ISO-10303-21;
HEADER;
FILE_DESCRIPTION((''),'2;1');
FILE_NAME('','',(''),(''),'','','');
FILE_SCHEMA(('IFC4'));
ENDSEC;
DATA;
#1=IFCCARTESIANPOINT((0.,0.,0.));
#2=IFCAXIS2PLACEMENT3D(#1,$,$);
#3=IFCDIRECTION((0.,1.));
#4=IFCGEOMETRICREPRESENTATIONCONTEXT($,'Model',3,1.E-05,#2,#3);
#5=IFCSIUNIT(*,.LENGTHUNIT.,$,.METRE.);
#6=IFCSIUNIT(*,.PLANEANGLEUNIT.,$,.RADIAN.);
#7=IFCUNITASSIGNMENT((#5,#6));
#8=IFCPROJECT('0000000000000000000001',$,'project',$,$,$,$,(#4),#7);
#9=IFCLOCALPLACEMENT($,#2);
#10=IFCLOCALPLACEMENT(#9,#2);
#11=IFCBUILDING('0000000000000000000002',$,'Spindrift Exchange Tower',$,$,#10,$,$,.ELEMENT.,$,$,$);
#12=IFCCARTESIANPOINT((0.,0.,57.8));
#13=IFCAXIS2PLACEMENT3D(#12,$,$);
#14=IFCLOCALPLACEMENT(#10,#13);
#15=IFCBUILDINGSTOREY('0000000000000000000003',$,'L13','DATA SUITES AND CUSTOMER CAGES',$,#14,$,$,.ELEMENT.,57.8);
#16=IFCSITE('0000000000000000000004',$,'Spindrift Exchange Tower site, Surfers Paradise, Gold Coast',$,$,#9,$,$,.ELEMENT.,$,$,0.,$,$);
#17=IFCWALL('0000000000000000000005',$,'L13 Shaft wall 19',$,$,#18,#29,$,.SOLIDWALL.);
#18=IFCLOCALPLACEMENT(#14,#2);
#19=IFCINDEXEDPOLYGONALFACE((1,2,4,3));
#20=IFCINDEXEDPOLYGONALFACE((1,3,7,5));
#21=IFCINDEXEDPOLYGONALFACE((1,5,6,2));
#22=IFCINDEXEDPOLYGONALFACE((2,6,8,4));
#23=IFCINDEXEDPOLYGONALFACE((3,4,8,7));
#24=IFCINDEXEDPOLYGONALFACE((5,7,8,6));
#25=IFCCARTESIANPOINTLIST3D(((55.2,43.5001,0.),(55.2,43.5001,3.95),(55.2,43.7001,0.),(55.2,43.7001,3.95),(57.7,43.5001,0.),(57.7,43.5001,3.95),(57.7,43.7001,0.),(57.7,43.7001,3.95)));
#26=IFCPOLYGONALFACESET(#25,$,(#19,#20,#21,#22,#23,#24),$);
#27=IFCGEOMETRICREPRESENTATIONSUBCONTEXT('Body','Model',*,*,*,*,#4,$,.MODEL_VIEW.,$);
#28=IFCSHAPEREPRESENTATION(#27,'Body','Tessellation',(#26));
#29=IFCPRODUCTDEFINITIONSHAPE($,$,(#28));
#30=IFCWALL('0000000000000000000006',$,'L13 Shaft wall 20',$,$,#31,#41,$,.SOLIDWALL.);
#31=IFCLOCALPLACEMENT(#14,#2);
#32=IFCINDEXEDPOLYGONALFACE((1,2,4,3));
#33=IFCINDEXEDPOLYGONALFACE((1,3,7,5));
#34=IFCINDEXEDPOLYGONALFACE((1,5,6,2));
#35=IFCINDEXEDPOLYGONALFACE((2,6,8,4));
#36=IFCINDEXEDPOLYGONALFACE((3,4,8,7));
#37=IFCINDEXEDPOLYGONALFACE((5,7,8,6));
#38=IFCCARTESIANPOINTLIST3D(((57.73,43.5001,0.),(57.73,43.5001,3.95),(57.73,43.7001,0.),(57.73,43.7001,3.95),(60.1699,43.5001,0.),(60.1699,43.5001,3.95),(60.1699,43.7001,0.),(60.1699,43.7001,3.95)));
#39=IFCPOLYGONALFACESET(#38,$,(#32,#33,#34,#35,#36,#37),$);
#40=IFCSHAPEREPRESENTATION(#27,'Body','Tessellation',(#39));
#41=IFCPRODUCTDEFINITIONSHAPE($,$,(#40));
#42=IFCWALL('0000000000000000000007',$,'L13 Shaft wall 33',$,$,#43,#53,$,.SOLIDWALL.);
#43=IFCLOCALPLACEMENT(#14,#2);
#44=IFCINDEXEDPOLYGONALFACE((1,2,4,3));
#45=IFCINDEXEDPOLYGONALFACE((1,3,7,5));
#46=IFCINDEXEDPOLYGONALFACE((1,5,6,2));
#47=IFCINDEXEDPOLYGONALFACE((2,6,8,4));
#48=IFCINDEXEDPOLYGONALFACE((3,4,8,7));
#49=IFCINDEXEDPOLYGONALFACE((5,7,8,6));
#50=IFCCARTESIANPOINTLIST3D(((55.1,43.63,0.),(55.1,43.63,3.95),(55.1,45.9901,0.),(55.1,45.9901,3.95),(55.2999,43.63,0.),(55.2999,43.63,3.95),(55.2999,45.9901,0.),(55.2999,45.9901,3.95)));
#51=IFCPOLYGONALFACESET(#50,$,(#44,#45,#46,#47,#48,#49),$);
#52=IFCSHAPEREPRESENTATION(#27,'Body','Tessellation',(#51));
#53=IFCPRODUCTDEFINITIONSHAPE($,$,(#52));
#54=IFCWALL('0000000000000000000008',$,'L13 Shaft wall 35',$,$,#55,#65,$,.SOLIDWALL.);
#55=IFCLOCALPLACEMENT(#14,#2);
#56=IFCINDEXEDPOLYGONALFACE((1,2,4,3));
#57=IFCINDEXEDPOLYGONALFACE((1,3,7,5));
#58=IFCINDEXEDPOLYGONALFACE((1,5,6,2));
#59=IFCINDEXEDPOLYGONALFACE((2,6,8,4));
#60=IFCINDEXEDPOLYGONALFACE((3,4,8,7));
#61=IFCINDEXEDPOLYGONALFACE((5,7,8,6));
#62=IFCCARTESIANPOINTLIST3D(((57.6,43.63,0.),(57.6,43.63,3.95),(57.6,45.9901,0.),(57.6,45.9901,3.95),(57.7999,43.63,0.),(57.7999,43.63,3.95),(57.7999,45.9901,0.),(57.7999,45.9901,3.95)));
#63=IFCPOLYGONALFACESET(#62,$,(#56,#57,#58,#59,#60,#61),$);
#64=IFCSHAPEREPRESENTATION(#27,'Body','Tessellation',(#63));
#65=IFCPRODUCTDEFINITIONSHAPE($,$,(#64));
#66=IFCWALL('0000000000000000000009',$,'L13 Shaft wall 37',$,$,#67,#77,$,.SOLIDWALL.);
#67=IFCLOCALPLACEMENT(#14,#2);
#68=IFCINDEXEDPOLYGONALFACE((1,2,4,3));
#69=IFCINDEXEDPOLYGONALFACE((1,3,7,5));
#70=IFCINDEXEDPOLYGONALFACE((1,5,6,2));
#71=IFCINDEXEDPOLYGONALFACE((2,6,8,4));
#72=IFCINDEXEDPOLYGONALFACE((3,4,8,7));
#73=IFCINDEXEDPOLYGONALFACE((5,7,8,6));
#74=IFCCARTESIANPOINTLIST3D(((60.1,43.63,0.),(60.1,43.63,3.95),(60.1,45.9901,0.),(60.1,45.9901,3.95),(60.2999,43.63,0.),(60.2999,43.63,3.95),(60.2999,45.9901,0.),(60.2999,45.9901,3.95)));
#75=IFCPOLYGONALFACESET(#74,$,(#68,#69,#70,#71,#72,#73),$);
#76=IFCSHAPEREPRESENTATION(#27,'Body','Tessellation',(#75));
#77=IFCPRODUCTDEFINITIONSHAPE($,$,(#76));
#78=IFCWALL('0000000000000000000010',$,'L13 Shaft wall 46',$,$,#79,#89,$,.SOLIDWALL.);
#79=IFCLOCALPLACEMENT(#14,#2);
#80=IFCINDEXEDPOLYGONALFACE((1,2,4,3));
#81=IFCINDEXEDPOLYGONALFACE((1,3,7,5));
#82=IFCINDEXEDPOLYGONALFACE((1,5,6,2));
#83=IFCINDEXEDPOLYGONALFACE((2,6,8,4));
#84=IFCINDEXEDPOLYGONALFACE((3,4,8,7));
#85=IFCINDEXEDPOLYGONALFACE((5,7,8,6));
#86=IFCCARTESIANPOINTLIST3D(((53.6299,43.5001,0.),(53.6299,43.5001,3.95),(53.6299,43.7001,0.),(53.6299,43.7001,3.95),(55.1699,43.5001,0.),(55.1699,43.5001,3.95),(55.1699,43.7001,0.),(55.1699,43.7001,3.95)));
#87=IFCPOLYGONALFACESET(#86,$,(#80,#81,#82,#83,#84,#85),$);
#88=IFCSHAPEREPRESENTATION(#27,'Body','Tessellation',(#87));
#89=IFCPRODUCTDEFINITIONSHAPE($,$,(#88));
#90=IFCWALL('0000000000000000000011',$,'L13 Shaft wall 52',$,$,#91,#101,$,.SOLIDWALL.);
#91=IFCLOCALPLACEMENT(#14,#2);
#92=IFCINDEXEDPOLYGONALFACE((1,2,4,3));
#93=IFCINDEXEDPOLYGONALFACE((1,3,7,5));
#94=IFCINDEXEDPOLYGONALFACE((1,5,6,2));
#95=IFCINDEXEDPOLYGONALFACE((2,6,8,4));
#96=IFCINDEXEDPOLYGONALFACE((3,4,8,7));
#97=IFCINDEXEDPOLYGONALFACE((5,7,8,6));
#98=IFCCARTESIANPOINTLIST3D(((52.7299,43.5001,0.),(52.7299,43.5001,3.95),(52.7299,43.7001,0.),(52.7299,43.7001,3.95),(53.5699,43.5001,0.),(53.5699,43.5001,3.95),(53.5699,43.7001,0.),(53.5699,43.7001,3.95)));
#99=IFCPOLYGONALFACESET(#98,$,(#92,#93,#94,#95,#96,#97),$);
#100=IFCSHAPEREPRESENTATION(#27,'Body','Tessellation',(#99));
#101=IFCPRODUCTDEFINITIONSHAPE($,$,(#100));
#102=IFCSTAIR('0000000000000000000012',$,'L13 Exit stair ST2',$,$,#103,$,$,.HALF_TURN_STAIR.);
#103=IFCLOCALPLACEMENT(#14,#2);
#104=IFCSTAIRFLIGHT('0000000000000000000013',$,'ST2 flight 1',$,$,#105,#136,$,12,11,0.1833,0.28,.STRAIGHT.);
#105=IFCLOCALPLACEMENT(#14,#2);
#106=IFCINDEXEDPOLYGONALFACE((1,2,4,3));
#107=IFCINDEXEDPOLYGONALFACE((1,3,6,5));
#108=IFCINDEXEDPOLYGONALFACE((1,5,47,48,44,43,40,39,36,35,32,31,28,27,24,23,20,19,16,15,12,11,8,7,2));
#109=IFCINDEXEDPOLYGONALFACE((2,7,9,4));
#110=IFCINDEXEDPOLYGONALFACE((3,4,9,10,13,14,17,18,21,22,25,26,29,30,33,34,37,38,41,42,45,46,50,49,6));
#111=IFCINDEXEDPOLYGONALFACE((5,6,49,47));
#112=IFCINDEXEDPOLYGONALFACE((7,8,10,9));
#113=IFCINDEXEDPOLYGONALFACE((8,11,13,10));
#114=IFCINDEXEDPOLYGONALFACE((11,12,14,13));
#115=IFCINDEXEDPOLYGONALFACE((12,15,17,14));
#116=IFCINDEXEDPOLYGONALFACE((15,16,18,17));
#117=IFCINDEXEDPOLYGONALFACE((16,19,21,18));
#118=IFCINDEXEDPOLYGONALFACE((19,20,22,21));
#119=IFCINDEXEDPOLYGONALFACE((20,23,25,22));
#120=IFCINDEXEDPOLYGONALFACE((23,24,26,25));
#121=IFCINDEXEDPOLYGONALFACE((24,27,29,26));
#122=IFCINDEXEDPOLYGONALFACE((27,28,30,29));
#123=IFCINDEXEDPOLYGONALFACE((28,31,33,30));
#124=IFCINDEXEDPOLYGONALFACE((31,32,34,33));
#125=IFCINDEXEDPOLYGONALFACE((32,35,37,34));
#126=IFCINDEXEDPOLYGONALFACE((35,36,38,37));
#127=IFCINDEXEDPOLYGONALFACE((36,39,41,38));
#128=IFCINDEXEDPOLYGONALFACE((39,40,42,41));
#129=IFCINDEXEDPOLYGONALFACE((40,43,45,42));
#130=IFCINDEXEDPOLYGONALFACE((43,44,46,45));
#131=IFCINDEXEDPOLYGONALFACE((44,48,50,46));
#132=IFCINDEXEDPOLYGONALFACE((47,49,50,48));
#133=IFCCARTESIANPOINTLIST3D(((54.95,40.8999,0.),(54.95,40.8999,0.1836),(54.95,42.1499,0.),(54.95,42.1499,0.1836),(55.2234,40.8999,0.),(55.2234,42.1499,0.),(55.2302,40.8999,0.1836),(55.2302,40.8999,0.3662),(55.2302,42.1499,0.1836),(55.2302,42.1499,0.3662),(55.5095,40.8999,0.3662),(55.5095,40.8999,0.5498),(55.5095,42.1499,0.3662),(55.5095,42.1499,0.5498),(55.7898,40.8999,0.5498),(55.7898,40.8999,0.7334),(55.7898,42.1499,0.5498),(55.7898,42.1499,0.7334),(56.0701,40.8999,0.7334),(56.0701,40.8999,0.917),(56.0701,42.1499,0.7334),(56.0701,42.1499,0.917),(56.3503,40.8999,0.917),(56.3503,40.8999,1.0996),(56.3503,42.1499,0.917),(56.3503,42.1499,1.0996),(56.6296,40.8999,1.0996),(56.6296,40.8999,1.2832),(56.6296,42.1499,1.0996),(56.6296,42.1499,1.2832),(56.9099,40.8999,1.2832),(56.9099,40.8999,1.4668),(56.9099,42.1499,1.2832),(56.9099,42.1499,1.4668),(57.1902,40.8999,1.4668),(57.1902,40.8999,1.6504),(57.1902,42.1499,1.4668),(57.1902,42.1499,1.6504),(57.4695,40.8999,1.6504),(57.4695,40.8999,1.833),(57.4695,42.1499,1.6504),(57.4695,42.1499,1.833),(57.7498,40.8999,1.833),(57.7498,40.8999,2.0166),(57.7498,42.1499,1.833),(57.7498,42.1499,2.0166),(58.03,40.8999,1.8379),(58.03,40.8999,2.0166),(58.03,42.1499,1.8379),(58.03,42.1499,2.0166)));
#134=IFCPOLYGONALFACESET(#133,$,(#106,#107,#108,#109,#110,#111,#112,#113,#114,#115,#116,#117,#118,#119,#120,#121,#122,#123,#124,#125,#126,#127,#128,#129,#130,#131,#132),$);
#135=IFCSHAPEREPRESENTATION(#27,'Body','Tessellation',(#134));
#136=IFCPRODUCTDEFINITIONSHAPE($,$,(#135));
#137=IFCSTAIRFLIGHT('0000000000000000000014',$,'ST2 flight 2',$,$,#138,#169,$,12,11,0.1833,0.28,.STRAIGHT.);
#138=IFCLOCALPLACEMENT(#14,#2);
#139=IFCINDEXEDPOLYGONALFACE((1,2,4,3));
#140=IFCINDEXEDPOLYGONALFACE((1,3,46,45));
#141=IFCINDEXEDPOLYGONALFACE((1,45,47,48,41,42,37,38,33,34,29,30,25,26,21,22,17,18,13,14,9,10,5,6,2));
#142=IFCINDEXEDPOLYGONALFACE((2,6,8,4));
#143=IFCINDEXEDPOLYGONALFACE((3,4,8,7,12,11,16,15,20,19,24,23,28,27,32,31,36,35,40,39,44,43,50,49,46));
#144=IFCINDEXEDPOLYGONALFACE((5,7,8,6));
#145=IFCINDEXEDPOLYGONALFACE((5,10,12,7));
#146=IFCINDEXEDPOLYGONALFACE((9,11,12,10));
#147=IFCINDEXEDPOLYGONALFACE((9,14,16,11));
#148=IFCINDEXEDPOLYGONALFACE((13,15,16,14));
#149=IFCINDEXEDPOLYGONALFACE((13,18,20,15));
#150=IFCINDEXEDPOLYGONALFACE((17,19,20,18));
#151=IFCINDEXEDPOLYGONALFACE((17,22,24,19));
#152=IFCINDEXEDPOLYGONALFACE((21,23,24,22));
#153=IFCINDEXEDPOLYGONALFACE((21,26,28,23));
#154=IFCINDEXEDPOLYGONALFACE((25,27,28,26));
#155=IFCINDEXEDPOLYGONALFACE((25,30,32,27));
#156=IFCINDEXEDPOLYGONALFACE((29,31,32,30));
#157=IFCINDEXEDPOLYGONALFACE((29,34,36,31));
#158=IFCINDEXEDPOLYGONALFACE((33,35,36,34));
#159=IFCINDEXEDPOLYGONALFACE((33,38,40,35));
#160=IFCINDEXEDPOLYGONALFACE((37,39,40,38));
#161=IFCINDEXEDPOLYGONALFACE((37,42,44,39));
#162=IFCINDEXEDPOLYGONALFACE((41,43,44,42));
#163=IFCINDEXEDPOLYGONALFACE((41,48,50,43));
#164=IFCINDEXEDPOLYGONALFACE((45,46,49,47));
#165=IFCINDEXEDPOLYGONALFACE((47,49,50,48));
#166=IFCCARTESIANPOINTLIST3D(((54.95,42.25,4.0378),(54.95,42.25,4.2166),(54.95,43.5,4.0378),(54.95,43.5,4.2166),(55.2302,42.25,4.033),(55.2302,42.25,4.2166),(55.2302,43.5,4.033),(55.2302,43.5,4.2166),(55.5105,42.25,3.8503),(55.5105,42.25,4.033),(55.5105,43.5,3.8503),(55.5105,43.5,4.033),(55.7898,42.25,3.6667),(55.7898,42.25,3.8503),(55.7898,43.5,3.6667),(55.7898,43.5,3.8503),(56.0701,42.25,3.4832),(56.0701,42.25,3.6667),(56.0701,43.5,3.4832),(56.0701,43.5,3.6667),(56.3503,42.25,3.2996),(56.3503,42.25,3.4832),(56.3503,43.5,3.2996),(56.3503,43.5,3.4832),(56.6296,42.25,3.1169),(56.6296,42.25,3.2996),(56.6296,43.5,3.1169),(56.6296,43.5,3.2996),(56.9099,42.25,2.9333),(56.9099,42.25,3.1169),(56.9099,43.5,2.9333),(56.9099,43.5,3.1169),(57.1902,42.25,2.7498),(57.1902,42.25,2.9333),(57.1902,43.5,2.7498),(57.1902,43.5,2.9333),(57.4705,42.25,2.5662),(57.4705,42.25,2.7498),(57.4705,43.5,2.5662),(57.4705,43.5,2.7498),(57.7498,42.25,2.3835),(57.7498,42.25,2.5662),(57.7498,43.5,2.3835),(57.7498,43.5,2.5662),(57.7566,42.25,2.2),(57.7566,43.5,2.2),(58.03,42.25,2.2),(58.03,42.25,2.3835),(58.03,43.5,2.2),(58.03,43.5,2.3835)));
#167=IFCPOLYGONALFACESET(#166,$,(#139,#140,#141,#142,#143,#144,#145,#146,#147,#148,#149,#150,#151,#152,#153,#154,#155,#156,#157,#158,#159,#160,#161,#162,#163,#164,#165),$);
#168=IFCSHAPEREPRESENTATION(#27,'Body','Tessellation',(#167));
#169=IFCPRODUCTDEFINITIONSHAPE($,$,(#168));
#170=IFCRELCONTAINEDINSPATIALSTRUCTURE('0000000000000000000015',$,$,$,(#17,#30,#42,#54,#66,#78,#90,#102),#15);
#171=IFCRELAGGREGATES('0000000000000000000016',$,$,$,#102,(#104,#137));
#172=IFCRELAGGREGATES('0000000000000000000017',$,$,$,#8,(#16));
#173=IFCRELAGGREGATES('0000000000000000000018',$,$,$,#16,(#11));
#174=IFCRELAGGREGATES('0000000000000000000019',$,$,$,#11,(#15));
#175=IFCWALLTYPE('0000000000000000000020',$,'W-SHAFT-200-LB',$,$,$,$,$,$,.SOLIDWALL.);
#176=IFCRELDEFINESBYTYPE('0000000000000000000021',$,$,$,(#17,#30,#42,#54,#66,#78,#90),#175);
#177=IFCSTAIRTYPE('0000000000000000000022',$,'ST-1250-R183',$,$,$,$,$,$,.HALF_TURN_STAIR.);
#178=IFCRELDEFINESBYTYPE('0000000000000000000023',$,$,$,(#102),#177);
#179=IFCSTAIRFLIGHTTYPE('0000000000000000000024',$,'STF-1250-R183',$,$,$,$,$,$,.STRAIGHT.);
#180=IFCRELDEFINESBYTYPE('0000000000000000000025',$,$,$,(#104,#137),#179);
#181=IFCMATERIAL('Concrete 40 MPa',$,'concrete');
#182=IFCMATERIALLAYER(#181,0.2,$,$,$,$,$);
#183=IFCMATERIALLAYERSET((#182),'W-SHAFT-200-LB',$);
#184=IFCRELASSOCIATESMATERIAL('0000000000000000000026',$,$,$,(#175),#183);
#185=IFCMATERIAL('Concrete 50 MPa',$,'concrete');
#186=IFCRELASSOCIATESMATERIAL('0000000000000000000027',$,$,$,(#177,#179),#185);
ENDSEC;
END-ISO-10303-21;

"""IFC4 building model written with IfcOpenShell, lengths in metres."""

from ifc_helpers import new_model, si_unit, direction, frame, frame_2d, origin, place, context, subcontext, project, spatial, line, indexed_curve, rectangle, outline, extrude, material, layer, layer_set, type_object, element, aggregate, save


model = new_model("IFC4")

# Units and contexts
model_context = context("Model", 3, precision=1e-05, world=origin(), true_north=direction((0.0, 1.0)))
body_context = subcontext(model_context, "Body", "Model", "MODEL_VIEW")
ifc_project = project(units=[si_unit("LENGTHUNIT", "METRE"), si_unit("PLANEANGLEUNIT", "RADIAN")], contexts=[model_context])

# Site, building, storey
site_placement = place(None, origin())
site = spatial("IfcSite", under=ifc_project, at=site_placement, Name="Spindrift Exchange Tower site, Surfers Paradise, Gold Coast", CompositionType="ELEMENT", RefElevation=0.0)
building_placement = place(site_placement, origin())
building = spatial("IfcBuilding", under=site, at=building_placement, Name="Spindrift Exchange Tower", CompositionType="ELEMENT")
storey_placement = place(building_placement, frame((0.0, 0.0, 57.8)))
storey = spatial("IfcBuildingStorey", under=building, at=storey_placement, Name="L13", Description="DATA SUITES AND CUSTOMER CAGES", CompositionType="ELEMENT", Elevation=57.8)

# Shared definitions
ifc_material_1 = material(Name="Concrete 40 MPa", Category="concrete")

# Shared definitions
ifc_layer_1 = layer(ifc_material_1, 0.2)
ifc_layer_set_1 = layer_set([ifc_layer_1], Name="W-SHAFT-200-LB")
wall_type_1 = type_object("IfcWallType", Name="W-SHAFT-200-LB", PredefinedType="SOLIDWALL", material=ifc_layer_set_1)

# Walls
wall_1_placement = place(storey_placement, frame((55.2, 43.6001, 0.0), z_axis=(0.0, 0.0, 1.0), x_axis=(1.0, 0.0, 0.0)))
element("IfcWall", 1, at=wall_1_placement, inside=storey, type_object=wall_type_1, Name="L13 Shaft wall 19", PredefinedType="SOLIDWALL", context=body_context, shape_type="SweptSolid", body=[
    extrude(rectangle(XDim=2.5, YDim=0.2, at=frame_2d((1.25, 0.0))), origin(), (0.0, 0.0, 1.0), 3.95),
])
wall_2_placement = place(storey_placement, frame((57.73, 43.6001, 0.0), z_axis=(0.0, 0.0, 1.0), x_axis=(1.0, 0.0, 0.0)))
element("IfcWall", 2, at=wall_2_placement, inside=storey, type_object=wall_type_1, Name="L13 Shaft wall 20", PredefinedType="SOLIDWALL", context=body_context, shape_type="SweptSolid", body=[
    extrude(rectangle(XDim=2.4399, YDim=0.2, at=frame_2d((1.22, 0.0))), origin(), (0.0, 0.0, 1.0), 3.95),
])
for number, where, z_axis, x_axis, name in (
    (3, (55.2, 43.6299, 0.0), (0.0, 0.0, 1.0), (0.0, 1.0, 0.0), "L13 Shaft wall 33"),
    (4, (57.7, 43.6299, 0.0), (0.0, 0.0, 1.0), (0.0, 1.0, 0.0), "L13 Shaft wall 35"),
    (5, (60.2, 43.6299, 0.0), (0.0, 0.0, 1.0), (0.0, 1.0, 0.0), "L13 Shaft wall 37"),
):
    element("IfcWall", number, at=place(storey_placement, frame(where, z_axis=z_axis, x_axis=x_axis)), inside=storey, type_object=wall_type_1, Name=name, PredefinedType="SOLIDWALL", context=body_context, shape_type="SweptSolid", body=[
        extrude(rectangle(XDim=2.3601, YDim=0.2, at=frame_2d((1.1802, 0.0))), origin(), (0.0, 0.0, 1.0), 3.95),
    ])
wall_3_placement = place(storey_placement, frame((53.6299, 43.6001, 0.0), z_axis=(0.0, 0.0, 1.0), x_axis=(1.0, 0.0, 0.0)))
element("IfcWall", 6, at=wall_3_placement, inside=storey, type_object=wall_type_1, Name="L13 Shaft wall 46", PredefinedType="SOLIDWALL", context=body_context, shape_type="SweptSolid", body=[
    extrude(rectangle(XDim=1.54, YDim=0.2, at=frame_2d((0.77, 0.0))), origin(), (0.0, 0.0, 1.0), 3.95),
])
wall_4_placement = place(storey_placement, frame((52.73, 43.6001, 0.0), z_axis=(0.0, 0.0, 1.0), x_axis=(1.0, 0.0, 0.0)))
element("IfcWall", 7, at=wall_4_placement, inside=storey, type_object=wall_type_1, Name="L13 Shaft wall 52", PredefinedType="SOLIDWALL", context=body_context, shape_type="SweptSolid", body=[
    extrude(rectangle(XDim=0.8401, YDim=0.2, at=frame_2d((0.4199, 0.0))), origin(), (0.0, 0.0, 1.0), 3.95),
])

# Stair, stair flights
ifc_material_2 = material(Name="Concrete 50 MPa", Category="concrete")
stair_type = type_object("IfcStairType", Name="ST-1250-R183", PredefinedType="HALF_TURN_STAIR", material=ifc_material_2)
stair_placement = place(storey_placement, origin())
stair = element("IfcStair", 8, at=stair_placement, inside=storey, type_object=stair_type, Name="L13 Exit stair ST2", PredefinedType="HALF_TURN_STAIR")
stair_flight_type = type_object("IfcStairFlightType", Name="STF-1250-R183", PredefinedType="STRAIGHT", material=ifc_material_2)
stair_flight_1_placement = place(storey_placement, frame((54.95, 41.5249, 0.0), z_axis=(0.0, 0.0, 1.0), x_axis=(1.0, 0.0, 0.0)))
stair_flight_1 = element("IfcStairFlight", 9, at=stair_flight_1_placement, type_object=stair_flight_type, Name="ST2 flight 1", NumberOfRisers=12, NumberOfTreads=11, PredefinedType="STRAIGHT", RiserHeight=0.1833, TreadLength=0.28, context=body_context, shape_type="SweptSolid", body=[
    extrude(outline(indexed_curve([(0.0, 0.0), (0.0, 0.1836), (0.2803, 0.1836), (0.2803, 0.3662), (0.5596, 0.3662), (0.5596, 0.5498), (0.8398, 0.5498), (0.8398, 0.7334), (1.1201, 0.7334), (1.1201, 0.917), (1.4004, 0.917), (1.4004, 1.0996), (1.6797, 1.0996), (1.6797, 1.2832), (1.96, 1.2832), (1.96, 1.4668), (2.2402, 1.4668), (2.2402, 1.6504), (2.5195, 1.6504), (2.5195, 1.833), (2.7998, 1.833), (2.7998, 2.0166), (3.0801, 2.0166), (3.0801, 2.2002), (3.0801, 1.8379), (0.2734, 0.0)], segments=[line(1, 2, 3, 4, 5, 6, 7, 8, 9, 10, 11, 12, 13, 14, 15, 16, 17, 18, 19, 20, 21, 22, 23, 24, 25, 26, 1)], self_intersect=False)), frame((0.0, 0.625, 0.0), z_axis=(0.0, -1.0, 0.0), x_axis=(1.0, 0.0, 0.0)), (0.0, 0.0, 1.0), 1.25),
])
stair_flight_2_placement = place(storey_placement, frame((58.03, 42.875, 2.2), z_axis=(0.0, 0.0, 1.0), x_axis=(-1.0, 0.0, 0.0)))
stair_flight_2 = element("IfcStairFlight", 10, at=stair_flight_2_placement, type_object=stair_flight_type, Name="ST2 flight 2", NumberOfRisers=12, NumberOfTreads=11, PredefinedType="STRAIGHT", RiserHeight=0.1833, TreadLength=0.28, context=body_context, shape_type="SweptSolid", body=[
    extrude(outline(indexed_curve([(0.0, 0.0), (0.0, 0.1836), (0.2803, 0.1836), (0.2803, 0.3662), (0.5596, 0.3662), (0.5596, 0.5498), (0.8398, 0.5498), (0.8398, 0.7334), (1.1201, 0.7334), (1.1201, 0.917), (1.4004, 0.917), (1.4004, 1.0996), (1.6797, 1.0996), (1.6797, 1.2832), (1.96, 1.2832), (1.96, 1.4668), (2.2402, 1.4668), (2.2402, 1.6504), (2.5195, 1.6504), (2.5195, 1.833), (2.7998, 1.833), (2.7998, 2.0166), (3.0801, 2.0166), (3.0801, 2.2002), (3.0801, 1.8379), (0.2734, 0.0)], segments=[line(1, 2, 3, 4, 5, 6, 7, 8, 9, 10, 11, 12, 13, 14, 15, 16, 17, 18, 19, 20, 21, 22, 23, 24, 25, 26, 1)], self_intersect=False)), frame((0.0, 0.625, 0.0), z_axis=(0.0, -1.0, 0.0), x_axis=(1.0, 0.0, 0.0)), (0.0, 0.0, 1.0), 1.25),
])
aggregate(stair, [stair_flight_1, stair_flight_2])

save(model, "model.ifc")
